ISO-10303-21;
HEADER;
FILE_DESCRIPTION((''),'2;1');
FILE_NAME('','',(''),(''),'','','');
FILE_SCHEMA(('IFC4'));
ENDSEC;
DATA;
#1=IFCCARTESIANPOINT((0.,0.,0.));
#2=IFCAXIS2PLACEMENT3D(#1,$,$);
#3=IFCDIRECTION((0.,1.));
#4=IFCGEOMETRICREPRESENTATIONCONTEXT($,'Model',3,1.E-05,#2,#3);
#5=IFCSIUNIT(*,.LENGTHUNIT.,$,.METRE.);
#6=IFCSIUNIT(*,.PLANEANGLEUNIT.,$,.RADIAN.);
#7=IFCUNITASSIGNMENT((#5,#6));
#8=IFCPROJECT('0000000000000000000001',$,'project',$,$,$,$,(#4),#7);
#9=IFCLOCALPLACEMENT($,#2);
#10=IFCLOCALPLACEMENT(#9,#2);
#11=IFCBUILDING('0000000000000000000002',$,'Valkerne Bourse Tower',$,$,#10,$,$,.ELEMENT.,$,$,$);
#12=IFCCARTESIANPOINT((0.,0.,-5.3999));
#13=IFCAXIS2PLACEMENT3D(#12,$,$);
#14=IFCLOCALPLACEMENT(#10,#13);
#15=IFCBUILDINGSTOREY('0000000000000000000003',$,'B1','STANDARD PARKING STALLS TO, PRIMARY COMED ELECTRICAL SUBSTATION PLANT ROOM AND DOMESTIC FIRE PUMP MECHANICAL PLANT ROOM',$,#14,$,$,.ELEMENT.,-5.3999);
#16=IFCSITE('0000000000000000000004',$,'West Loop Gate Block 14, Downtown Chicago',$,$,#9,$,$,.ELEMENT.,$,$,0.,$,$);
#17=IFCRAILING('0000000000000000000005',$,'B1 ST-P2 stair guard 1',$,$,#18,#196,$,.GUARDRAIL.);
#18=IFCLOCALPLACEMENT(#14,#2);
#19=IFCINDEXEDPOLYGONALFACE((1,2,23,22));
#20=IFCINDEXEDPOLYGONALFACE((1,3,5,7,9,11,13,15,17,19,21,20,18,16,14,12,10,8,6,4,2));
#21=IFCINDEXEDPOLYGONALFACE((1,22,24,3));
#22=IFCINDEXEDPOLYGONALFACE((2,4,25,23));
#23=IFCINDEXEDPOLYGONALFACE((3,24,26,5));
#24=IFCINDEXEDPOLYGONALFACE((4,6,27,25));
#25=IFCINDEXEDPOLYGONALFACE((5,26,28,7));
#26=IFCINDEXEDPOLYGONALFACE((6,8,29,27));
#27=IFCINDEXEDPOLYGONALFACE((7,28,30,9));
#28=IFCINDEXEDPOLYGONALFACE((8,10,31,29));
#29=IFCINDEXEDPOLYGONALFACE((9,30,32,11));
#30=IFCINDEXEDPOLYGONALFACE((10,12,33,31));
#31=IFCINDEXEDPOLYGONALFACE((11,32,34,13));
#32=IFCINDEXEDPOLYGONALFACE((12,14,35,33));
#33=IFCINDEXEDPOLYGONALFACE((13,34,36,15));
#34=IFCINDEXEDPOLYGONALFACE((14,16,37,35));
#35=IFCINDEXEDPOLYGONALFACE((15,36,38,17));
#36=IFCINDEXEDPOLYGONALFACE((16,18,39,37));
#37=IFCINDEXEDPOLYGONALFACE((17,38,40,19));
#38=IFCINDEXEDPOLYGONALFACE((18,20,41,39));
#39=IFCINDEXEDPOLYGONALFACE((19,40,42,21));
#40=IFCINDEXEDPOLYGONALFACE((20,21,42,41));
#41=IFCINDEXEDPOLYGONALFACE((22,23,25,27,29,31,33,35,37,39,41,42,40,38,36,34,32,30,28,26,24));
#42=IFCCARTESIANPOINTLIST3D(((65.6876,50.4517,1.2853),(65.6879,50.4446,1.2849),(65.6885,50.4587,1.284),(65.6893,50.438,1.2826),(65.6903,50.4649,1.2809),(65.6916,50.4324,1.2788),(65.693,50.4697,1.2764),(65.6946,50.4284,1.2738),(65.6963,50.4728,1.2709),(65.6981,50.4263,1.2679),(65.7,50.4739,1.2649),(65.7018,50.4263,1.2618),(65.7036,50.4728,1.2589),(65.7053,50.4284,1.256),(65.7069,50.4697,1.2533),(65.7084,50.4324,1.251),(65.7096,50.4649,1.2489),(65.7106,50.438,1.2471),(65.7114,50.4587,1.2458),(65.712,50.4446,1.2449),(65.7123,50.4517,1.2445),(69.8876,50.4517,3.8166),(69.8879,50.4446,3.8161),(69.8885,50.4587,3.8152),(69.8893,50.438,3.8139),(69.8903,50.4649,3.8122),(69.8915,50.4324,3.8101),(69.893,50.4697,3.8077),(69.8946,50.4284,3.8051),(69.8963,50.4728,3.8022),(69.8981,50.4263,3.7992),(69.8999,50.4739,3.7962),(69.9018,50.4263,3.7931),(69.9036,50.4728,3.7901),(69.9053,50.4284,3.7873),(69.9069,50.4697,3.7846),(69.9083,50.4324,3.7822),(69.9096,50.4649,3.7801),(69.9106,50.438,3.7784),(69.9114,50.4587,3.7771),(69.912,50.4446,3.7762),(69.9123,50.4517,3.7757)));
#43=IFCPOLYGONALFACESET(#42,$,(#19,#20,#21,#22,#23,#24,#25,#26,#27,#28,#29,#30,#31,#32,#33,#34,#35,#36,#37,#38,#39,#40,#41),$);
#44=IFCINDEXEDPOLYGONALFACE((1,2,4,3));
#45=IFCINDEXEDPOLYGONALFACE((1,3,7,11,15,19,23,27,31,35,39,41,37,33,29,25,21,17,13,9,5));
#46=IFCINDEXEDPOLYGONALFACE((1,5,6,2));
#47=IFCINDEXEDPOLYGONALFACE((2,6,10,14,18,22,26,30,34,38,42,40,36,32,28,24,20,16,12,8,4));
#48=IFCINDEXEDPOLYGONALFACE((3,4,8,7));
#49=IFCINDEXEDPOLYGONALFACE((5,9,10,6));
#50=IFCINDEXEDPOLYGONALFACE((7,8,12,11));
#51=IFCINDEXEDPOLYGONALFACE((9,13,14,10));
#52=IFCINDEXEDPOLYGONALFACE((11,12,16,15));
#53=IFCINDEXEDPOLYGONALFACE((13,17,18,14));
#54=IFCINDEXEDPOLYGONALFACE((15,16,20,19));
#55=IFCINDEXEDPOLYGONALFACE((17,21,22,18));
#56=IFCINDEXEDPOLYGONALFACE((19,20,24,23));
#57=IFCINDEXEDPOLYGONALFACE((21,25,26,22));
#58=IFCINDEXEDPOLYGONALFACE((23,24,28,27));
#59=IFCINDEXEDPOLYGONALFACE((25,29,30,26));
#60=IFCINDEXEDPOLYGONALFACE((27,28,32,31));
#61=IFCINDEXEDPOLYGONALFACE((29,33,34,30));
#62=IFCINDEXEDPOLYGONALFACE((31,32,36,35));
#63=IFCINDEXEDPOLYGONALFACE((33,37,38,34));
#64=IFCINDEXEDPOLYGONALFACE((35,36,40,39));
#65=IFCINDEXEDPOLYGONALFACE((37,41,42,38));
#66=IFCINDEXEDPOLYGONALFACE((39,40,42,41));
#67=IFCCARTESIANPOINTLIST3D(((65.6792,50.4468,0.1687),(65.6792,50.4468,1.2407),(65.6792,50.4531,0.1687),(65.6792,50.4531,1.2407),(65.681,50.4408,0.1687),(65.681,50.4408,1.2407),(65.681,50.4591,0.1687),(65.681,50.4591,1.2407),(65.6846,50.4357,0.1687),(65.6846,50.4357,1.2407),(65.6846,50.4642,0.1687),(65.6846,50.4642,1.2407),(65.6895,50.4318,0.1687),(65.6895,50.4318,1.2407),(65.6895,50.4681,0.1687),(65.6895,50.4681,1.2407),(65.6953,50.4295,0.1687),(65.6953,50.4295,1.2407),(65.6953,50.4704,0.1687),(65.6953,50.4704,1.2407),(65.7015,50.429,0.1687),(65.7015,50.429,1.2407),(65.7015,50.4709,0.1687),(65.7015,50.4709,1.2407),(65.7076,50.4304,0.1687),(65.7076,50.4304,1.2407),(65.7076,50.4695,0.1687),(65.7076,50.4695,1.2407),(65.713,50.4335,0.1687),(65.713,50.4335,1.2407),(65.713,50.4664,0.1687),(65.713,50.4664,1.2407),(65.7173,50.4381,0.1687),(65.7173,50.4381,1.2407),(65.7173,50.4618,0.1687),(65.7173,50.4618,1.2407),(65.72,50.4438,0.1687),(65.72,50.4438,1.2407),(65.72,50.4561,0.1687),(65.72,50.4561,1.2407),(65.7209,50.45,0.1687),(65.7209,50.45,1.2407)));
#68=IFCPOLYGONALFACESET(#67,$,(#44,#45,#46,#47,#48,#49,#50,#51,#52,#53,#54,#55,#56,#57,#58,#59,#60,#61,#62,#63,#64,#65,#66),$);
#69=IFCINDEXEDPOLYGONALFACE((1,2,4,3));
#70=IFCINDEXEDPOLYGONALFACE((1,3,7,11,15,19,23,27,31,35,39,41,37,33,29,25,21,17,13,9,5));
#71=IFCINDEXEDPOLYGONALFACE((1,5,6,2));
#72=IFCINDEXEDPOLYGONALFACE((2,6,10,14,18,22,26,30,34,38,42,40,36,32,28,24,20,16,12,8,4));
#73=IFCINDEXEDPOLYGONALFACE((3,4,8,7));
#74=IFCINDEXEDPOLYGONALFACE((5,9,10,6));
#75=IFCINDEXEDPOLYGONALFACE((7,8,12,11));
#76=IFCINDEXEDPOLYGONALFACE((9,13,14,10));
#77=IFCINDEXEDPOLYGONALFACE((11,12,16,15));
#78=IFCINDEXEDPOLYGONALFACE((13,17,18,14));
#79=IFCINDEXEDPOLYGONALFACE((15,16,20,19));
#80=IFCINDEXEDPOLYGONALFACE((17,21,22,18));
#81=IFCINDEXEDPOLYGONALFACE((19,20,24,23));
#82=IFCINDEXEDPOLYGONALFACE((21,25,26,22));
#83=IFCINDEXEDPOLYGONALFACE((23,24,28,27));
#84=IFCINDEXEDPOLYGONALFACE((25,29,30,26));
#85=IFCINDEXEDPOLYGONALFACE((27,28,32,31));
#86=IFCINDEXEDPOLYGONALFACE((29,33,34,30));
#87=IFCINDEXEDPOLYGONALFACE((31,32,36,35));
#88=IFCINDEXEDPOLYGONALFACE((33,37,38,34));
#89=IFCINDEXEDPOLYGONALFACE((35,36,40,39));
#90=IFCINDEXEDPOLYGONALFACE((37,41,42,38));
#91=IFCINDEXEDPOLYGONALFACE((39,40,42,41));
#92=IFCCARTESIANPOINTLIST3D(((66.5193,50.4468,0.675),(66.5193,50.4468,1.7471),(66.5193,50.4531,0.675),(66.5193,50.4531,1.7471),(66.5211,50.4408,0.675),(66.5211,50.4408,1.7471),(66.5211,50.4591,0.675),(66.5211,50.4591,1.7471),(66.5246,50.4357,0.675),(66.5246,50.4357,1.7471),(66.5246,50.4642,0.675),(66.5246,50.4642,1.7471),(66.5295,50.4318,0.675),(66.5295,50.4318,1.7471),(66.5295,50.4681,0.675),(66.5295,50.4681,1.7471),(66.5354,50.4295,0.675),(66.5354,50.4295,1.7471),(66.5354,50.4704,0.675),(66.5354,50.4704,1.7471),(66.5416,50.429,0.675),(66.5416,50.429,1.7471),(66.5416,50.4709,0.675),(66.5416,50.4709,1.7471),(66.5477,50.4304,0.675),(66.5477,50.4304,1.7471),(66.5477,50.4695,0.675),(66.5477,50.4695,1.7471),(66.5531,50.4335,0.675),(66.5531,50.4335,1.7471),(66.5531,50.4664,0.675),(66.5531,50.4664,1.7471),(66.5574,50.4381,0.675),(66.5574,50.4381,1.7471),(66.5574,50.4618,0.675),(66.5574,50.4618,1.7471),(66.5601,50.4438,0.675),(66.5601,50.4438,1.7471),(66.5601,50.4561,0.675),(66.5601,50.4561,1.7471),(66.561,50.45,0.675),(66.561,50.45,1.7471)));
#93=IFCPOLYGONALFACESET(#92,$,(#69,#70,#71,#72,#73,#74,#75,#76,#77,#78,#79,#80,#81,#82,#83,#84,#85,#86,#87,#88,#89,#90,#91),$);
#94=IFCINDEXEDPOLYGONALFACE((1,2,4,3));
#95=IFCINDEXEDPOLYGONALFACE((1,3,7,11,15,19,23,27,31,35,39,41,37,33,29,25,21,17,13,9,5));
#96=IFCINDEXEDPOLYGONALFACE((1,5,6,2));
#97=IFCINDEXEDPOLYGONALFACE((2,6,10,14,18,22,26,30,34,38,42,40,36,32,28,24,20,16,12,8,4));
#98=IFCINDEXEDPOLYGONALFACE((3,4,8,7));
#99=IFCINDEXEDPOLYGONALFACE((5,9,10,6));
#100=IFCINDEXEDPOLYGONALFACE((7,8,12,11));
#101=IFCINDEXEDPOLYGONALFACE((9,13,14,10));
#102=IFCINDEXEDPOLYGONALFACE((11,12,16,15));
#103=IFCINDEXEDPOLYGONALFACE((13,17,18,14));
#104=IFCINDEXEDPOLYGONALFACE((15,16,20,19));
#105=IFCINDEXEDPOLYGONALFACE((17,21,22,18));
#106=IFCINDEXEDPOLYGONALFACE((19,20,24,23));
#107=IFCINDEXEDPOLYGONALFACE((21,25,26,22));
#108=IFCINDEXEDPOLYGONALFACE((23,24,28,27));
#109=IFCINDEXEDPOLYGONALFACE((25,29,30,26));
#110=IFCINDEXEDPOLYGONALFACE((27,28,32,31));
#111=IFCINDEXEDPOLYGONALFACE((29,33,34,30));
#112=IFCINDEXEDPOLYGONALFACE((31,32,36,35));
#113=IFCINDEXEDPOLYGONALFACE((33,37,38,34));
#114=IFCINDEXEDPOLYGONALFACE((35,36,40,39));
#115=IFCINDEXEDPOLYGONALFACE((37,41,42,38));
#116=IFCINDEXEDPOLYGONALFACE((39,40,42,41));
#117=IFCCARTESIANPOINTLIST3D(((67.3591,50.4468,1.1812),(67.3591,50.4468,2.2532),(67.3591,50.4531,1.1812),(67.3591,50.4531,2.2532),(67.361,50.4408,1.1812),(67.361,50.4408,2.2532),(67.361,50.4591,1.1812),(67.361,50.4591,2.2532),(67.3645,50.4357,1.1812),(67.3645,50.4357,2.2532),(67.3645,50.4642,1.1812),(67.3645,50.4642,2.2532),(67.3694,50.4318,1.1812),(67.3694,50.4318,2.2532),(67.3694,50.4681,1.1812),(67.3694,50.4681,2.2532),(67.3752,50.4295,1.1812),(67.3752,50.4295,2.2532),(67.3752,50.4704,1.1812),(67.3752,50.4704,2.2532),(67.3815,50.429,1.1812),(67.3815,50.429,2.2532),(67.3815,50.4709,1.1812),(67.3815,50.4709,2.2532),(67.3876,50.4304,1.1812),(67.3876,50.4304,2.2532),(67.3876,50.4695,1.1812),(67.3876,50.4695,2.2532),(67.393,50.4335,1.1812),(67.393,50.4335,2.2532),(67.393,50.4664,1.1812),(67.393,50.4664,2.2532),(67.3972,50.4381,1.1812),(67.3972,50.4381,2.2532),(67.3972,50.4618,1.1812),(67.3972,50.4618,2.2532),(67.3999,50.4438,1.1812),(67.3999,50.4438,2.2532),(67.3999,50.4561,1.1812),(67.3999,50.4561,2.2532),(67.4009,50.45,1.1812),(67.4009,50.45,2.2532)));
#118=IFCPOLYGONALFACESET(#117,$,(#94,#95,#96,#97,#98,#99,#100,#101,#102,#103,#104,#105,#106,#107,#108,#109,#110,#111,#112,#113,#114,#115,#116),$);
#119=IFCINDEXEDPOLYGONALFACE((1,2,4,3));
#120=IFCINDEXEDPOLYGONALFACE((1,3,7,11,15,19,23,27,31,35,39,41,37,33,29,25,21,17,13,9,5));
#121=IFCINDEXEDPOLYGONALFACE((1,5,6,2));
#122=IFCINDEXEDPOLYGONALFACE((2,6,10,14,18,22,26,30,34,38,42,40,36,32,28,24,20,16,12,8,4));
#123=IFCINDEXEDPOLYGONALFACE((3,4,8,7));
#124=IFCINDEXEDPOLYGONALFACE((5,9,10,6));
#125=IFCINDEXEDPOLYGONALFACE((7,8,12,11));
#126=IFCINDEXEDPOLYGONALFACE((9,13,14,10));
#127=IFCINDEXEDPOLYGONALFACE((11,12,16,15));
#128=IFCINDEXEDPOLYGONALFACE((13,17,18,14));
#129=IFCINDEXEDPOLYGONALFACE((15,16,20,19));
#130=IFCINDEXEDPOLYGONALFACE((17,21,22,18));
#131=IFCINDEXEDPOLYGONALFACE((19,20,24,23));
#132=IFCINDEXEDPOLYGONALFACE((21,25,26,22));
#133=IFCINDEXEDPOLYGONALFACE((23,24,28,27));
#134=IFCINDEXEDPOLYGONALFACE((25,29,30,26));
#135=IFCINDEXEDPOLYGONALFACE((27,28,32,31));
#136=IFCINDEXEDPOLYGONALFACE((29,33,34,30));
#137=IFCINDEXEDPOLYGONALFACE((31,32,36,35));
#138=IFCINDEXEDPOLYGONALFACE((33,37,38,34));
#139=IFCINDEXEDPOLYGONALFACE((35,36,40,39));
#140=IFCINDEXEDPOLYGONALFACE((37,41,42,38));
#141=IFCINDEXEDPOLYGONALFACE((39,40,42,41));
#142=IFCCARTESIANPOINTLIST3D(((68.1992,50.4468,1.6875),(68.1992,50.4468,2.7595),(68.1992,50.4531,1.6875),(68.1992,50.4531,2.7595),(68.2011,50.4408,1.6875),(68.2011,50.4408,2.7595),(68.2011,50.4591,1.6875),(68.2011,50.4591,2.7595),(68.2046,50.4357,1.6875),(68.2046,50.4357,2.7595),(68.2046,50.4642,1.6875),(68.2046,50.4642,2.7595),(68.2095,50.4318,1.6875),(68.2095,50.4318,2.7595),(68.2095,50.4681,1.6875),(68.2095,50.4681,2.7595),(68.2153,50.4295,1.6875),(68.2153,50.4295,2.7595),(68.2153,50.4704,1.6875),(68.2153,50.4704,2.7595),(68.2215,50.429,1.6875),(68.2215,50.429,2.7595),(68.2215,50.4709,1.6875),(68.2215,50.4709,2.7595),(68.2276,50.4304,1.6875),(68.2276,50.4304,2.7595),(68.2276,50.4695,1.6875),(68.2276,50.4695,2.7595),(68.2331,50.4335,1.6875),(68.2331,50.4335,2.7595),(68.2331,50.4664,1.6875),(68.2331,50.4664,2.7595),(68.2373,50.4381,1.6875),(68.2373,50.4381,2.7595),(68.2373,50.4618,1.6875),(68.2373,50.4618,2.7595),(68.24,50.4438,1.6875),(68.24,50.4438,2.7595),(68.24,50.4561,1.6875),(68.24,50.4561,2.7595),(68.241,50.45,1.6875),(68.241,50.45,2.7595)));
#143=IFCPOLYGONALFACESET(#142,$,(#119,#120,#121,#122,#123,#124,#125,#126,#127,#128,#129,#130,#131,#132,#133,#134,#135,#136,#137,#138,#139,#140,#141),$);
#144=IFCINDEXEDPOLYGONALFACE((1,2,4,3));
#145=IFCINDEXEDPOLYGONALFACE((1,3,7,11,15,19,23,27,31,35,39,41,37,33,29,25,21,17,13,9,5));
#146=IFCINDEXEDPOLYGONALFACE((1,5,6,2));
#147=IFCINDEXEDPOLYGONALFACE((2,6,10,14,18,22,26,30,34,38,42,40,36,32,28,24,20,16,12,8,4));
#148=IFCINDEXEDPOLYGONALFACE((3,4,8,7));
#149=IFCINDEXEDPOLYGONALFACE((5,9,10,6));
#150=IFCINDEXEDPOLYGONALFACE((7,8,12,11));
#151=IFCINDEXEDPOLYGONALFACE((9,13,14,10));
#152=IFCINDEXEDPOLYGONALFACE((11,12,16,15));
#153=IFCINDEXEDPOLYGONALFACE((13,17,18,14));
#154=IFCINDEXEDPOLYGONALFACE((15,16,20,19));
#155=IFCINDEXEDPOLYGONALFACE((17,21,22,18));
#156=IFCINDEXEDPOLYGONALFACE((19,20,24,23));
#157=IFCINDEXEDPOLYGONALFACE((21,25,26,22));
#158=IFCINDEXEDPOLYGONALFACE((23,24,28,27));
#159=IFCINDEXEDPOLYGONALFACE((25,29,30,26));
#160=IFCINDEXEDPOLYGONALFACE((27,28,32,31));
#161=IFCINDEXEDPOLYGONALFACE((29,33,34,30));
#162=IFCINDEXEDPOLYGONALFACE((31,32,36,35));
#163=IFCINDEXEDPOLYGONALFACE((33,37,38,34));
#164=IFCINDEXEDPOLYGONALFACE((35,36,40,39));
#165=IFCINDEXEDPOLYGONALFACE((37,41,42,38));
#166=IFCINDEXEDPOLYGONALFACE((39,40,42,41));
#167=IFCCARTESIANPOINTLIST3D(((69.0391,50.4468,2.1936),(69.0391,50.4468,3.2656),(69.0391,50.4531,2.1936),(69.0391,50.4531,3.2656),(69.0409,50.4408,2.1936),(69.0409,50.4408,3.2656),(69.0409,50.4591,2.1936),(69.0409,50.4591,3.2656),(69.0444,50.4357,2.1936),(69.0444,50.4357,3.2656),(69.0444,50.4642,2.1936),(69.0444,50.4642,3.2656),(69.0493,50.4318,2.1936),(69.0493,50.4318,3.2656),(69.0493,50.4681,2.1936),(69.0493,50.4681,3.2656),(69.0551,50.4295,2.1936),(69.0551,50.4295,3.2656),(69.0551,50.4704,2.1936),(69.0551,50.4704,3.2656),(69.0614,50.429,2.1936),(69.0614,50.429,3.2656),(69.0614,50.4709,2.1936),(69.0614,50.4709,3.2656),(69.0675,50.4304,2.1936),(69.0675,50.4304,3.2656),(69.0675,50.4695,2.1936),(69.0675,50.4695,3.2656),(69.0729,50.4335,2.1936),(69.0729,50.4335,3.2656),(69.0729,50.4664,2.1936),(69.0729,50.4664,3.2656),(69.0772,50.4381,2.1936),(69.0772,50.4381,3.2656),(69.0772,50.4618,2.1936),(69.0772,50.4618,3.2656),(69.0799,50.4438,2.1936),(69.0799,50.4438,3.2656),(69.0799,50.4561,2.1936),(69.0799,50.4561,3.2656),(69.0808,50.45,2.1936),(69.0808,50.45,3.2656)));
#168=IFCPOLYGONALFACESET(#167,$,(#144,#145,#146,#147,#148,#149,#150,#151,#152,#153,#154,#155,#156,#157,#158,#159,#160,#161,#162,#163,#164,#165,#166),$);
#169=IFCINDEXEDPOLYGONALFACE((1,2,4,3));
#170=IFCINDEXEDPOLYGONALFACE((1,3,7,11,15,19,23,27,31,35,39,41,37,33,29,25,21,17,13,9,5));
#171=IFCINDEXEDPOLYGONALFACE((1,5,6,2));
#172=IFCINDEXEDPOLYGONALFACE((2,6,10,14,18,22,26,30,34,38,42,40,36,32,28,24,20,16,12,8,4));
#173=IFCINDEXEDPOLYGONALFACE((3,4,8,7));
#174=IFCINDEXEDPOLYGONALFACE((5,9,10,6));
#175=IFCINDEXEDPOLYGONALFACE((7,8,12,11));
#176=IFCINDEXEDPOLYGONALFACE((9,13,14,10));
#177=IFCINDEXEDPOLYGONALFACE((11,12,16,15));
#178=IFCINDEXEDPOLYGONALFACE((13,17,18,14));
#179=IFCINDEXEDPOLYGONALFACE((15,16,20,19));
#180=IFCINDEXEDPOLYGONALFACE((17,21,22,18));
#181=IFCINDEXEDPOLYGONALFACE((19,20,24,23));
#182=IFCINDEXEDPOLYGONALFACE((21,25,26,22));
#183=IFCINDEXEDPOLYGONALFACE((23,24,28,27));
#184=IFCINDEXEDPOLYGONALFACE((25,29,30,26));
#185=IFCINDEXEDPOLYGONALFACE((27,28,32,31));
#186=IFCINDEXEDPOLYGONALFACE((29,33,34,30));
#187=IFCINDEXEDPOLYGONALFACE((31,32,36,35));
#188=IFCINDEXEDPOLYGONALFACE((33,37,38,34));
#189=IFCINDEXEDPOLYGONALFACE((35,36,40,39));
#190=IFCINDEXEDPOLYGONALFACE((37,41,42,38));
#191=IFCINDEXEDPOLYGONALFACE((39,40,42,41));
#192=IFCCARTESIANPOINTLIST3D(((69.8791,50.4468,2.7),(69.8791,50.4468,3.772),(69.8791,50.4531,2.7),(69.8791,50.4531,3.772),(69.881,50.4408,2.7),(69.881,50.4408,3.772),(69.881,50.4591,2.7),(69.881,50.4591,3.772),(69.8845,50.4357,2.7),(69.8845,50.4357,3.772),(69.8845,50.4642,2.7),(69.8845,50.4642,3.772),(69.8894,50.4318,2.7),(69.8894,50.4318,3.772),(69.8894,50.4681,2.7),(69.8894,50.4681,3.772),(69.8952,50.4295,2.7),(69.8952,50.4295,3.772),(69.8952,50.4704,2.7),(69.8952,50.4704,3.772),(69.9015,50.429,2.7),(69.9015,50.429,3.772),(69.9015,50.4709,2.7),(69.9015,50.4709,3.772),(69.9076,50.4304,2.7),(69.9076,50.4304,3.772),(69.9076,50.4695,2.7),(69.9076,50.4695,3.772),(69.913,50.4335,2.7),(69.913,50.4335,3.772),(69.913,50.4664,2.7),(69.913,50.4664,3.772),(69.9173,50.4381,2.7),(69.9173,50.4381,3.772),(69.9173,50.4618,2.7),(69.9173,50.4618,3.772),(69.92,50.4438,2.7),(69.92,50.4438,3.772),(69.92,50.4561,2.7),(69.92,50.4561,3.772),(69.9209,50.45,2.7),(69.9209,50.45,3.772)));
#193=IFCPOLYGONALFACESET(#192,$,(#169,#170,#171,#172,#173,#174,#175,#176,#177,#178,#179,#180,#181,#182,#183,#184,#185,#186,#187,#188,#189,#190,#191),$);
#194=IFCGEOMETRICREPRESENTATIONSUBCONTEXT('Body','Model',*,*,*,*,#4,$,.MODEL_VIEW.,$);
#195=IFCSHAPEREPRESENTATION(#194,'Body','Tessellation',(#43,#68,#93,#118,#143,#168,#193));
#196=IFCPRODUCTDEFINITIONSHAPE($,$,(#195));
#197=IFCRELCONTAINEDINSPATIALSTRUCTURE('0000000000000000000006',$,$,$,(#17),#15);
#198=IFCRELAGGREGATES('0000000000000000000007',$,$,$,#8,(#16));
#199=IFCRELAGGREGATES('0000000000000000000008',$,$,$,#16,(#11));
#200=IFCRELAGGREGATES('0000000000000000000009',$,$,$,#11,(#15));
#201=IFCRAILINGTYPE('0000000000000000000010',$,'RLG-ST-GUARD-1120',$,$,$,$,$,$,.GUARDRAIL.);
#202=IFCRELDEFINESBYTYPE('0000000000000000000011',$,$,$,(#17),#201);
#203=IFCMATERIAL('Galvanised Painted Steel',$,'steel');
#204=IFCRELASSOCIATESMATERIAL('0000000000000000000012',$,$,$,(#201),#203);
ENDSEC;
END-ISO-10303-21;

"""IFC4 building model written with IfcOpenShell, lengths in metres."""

from ifc_helpers import new_model, si_unit, direction, frame, origin, origin_2d, place, context, subcontext, project, spatial, circle, extrude, material, type_object, element, save


model = new_model("IFC4")

# Units and contexts
model_context = context("Model", 3, precision=1e-05, world=origin(), true_north=direction((0.0, 1.0)))
body_context = subcontext(model_context, "Body", "Model", "MODEL_VIEW")
ifc_project = project(units=[si_unit("LENGTHUNIT", "METRE"), si_unit("PLANEANGLEUNIT", "RADIAN")], contexts=[model_context])

# Site, building, storey
site_placement = place(None, origin())
site = spatial("IfcSite", under=ifc_project, at=site_placement, Name="West Loop Gate Block 14, Downtown Chicago", CompositionType="ELEMENT", RefElevation=0.0)
building_placement = place(site_placement, origin())
building = spatial("IfcBuilding", under=site, at=building_placement, Name="Valkerne Bourse Tower", CompositionType="ELEMENT")
storey_placement = place(building_placement, frame((0.0, 0.0, -5.3999)))
storey = spatial("IfcBuildingStorey", under=building, at=storey_placement, Name="B1", Description="STANDARD PARKING STALLS TO, PRIMARY COMED ELECTRICAL SUBSTATION PLANT ROOM AND DOMESTIC FIRE PUMP MECHANICAL PLANT ROOM", CompositionType="ELEMENT", Elevation=-5.3999)

# Shared definitions
ifc_material_1 = material(Name="Galvanised Painted Steel", Category="steel")

# Railing
railing_type_1 = type_object("IfcRailingType", Name="RLG-ST-GUARD-1120", PredefinedType="GUARDRAIL", material=ifc_material_1)
railing_1_placement = place(storey_placement, frame((65.7, 50.45, 0.1687)))
element("IfcRailing", 1, at=railing_1_placement, inside=storey, type_object=railing_type_1, Name="B1 ST-P2 stair guard 1", PredefinedType="GUARDRAIL", context=body_context, shape_type="SweptSolid", body=[
    extrude(circle(Radius=0.0239, at=origin_2d()), frame((0.0, 0.0, 1.0962), z_axis=(0.856476, 0.0, 0.516186), x_axis=(0.0, 1.0, 0.0)), (0.0, 0.0, 1.0), 4.9038),
    extrude(circle(Radius=0.021, at=origin_2d()), origin(), (0.0, 0.0, 1.0), 1.072),
    extrude(circle(Radius=0.021, at=origin_2d()), frame((0.8401, 0.0, 0.5063)), (0.0, 0.0, 1.0), 1.072),
    extrude(circle(Radius=0.021, at=origin_2d()), frame((1.6799, 0.0, 1.0125)), (0.0, 0.0, 1.0), 1.072),
    extrude(circle(Radius=0.021, at=origin_2d()), frame((2.52, 0.0, 1.5188)), (0.0, 0.0, 1.0), 1.072),
    extrude(circle(Radius=0.021, at=origin_2d()), frame((3.3599, 0.0, 2.0249)), (0.0, 0.0, 1.0), 1.072),
    extrude(circle(Radius=0.021, at=origin_2d()), frame((4.2, 0.0, 2.5312)), (0.0, 0.0, 1.0), 1.072),
])

save(model, "model.ifc")
